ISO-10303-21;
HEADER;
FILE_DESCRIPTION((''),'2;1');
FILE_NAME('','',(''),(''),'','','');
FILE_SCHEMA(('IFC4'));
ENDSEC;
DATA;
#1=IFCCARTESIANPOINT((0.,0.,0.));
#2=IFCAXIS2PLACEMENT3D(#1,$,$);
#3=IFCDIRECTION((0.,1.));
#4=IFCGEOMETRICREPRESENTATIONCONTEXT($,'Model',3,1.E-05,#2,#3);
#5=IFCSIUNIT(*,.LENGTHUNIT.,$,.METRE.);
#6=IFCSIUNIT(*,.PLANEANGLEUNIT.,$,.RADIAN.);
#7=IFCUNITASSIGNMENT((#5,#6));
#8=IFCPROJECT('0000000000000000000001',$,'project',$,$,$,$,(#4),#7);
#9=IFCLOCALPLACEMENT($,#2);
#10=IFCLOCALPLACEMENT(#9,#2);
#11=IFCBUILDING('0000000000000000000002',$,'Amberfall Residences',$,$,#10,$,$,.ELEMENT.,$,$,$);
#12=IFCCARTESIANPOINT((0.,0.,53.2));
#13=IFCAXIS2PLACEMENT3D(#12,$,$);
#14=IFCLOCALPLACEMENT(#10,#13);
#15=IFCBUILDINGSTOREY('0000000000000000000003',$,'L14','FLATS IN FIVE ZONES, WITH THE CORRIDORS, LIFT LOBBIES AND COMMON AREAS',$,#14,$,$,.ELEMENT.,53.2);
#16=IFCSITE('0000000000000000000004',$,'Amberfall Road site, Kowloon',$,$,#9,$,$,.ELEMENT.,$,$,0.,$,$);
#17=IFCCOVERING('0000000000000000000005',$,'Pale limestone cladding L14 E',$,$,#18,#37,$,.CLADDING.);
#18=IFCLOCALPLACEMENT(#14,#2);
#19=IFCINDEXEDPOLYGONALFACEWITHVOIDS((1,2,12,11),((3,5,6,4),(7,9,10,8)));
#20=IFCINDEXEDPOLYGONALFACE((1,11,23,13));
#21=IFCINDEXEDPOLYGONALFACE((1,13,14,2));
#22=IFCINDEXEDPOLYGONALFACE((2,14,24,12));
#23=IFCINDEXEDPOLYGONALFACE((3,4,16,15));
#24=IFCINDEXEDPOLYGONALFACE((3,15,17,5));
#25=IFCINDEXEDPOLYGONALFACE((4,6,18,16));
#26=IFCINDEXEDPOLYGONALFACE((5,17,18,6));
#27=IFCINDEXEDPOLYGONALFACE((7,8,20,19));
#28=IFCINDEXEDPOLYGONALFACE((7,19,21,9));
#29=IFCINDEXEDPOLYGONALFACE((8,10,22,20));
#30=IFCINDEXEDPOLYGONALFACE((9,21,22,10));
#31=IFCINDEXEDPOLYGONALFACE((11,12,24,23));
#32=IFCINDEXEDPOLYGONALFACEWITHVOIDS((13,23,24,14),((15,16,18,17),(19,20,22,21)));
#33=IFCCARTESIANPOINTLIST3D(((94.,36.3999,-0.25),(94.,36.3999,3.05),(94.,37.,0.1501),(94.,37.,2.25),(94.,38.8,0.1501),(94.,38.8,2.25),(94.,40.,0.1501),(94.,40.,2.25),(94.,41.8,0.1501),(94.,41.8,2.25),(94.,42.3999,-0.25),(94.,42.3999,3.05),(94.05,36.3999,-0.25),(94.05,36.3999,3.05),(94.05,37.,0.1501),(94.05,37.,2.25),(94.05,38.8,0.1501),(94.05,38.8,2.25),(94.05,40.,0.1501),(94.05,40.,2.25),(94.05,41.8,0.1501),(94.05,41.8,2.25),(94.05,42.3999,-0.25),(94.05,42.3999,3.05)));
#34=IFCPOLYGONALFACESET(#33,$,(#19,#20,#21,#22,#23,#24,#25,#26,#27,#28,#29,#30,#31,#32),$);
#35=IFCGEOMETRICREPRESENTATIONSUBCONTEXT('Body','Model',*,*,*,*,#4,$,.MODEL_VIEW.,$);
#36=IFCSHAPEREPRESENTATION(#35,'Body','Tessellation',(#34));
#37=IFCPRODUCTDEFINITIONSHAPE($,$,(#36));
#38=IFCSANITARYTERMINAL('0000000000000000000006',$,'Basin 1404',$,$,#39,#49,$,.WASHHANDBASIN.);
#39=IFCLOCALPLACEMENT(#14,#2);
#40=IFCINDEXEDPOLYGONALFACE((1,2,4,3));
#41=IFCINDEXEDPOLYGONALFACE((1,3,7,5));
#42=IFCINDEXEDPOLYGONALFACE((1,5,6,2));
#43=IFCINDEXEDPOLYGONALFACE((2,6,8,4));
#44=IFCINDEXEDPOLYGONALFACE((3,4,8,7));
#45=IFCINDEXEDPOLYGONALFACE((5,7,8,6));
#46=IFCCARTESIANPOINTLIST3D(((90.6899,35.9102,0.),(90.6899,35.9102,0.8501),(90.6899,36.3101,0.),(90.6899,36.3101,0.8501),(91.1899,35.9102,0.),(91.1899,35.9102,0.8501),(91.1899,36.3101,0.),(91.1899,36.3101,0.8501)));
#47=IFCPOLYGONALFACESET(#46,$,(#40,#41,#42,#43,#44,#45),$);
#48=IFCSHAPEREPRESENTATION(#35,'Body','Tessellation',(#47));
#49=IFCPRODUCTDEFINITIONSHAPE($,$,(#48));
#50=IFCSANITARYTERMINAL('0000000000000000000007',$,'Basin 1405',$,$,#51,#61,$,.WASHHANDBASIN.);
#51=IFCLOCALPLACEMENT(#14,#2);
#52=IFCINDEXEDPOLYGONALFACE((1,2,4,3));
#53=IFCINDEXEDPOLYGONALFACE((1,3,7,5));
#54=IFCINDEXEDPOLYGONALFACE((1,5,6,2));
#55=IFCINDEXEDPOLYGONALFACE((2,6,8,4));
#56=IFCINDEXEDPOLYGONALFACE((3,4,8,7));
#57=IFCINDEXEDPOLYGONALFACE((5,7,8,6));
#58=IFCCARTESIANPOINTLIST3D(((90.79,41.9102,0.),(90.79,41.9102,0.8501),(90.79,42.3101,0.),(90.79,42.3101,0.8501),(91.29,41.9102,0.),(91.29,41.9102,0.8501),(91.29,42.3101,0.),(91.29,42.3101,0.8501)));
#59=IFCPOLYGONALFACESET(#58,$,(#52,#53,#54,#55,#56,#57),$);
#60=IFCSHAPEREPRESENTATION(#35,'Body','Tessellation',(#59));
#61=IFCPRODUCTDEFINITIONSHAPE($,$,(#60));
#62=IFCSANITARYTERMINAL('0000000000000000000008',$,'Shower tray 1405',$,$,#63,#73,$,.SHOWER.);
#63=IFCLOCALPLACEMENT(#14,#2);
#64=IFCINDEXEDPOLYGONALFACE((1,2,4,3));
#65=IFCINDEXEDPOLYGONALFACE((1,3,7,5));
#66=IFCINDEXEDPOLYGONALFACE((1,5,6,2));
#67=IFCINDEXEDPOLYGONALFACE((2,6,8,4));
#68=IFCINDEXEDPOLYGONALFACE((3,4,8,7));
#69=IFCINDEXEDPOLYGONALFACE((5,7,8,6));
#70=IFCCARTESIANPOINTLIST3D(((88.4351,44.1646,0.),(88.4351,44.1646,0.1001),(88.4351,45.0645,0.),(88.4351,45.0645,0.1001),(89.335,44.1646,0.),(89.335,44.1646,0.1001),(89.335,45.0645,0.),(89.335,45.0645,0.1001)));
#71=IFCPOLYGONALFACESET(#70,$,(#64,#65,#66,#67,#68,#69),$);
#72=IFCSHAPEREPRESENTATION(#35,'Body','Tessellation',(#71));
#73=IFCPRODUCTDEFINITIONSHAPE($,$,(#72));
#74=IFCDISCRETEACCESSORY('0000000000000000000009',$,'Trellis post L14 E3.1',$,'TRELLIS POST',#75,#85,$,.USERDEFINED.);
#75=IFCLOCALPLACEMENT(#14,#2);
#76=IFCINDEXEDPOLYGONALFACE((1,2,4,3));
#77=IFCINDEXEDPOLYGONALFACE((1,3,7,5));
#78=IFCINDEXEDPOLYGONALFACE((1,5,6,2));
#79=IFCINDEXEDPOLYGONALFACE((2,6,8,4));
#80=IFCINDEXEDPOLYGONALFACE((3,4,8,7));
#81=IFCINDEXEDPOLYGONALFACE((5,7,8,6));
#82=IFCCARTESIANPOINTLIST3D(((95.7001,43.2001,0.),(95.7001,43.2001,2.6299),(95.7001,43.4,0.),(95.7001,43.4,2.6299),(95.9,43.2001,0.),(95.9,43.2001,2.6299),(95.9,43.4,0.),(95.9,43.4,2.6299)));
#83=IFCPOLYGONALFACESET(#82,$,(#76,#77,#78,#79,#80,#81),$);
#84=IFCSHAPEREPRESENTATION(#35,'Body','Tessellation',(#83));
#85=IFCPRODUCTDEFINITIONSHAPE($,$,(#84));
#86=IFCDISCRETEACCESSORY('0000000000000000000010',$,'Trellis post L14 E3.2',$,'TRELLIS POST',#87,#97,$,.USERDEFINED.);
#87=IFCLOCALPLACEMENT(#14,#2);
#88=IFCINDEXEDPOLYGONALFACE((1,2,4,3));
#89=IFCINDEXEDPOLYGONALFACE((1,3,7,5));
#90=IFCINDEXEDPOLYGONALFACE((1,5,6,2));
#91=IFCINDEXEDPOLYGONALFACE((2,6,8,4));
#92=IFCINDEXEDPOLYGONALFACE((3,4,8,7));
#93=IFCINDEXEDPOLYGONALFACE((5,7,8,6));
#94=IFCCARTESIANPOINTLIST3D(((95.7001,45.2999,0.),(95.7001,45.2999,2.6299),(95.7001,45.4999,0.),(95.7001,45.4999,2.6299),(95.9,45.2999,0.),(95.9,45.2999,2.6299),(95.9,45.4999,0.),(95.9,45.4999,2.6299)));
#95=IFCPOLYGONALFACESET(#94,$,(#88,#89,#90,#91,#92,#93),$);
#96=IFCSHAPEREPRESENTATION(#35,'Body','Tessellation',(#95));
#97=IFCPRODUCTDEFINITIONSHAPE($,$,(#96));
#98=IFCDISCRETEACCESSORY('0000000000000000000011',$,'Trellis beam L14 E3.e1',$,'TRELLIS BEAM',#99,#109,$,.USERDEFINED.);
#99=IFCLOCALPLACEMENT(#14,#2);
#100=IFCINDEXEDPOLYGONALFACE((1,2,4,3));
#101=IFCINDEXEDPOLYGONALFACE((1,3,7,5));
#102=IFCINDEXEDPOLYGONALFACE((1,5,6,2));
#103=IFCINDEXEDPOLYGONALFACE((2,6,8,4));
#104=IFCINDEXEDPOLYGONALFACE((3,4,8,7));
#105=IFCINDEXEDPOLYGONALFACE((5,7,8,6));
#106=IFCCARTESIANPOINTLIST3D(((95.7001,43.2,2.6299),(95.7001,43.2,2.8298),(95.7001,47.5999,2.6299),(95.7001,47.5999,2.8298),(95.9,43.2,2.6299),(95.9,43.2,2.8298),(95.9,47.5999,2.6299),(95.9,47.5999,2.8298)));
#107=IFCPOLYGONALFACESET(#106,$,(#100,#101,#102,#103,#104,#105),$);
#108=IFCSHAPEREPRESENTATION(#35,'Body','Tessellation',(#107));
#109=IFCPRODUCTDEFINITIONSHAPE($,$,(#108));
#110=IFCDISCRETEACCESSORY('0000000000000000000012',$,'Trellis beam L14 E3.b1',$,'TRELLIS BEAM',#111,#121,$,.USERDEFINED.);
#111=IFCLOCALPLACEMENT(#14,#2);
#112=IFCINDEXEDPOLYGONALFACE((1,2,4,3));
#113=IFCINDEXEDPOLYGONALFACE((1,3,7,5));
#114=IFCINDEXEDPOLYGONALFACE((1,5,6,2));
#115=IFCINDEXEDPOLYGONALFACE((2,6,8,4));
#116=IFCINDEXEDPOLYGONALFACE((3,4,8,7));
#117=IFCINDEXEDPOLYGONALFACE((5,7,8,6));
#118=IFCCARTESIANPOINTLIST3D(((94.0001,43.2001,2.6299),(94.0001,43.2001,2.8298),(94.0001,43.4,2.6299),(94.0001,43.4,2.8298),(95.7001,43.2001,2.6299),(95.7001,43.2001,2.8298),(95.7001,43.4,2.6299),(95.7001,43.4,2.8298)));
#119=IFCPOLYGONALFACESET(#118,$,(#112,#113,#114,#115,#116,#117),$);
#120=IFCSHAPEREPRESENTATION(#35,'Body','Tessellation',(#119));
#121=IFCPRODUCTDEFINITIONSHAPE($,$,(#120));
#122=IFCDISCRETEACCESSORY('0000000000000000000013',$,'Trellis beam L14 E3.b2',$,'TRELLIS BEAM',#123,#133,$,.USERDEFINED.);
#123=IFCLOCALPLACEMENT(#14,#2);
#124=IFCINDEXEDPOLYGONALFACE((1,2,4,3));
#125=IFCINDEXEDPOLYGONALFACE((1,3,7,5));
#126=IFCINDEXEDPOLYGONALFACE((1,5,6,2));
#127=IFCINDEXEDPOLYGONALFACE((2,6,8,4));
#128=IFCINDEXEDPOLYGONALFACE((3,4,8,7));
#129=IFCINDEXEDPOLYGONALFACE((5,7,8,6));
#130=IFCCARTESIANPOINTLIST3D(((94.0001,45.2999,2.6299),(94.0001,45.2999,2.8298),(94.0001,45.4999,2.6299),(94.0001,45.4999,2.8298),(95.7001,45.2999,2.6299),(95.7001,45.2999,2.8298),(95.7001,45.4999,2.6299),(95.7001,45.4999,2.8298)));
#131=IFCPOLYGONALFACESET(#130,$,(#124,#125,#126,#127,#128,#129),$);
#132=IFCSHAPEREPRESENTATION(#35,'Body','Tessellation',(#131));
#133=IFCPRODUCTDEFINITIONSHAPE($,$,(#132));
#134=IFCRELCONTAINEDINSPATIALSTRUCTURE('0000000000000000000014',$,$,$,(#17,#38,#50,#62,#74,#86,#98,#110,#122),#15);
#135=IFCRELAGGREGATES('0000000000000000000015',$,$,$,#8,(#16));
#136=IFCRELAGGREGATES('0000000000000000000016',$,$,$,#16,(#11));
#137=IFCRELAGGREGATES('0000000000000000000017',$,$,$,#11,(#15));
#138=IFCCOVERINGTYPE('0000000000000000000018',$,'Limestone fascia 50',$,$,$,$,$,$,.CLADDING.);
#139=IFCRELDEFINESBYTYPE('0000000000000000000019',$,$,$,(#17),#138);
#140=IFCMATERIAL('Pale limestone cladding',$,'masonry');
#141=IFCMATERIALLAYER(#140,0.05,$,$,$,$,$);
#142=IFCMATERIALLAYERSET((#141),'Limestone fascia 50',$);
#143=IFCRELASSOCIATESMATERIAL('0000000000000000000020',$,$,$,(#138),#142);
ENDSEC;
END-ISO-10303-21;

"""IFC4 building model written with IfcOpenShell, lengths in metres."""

from ifc_helpers import new_model, si_unit, direction, frame, origin, origin_2d, place, context, subcontext, project, spatial, polyline, rectangle, outline, extrude, material, layer, layer_set, type_object, element, save


model = new_model("IFC4")

# Units and contexts
model_context = context("Model", 3, precision=1e-05, world=origin(), true_north=direction((0.0, 1.0)))
body_context = subcontext(model_context, "Body", "Model", "MODEL_VIEW")
ifc_project = project(units=[si_unit("LENGTHUNIT", "METRE"), si_unit("PLANEANGLEUNIT", "RADIAN")], contexts=[model_context])

# Site, building, storey
site_placement = place(None, origin())
site = spatial("IfcSite", under=ifc_project, at=site_placement, Name="Amberfall Road site, Kowloon", CompositionType="ELEMENT", RefElevation=0.0)
building_placement = place(site_placement, origin())
building = spatial("IfcBuilding", under=site, at=building_placement, Name="Amberfall Residences", CompositionType="ELEMENT")
storey_placement = place(building_placement, frame((0.0, 0.0, 53.2)))
storey = spatial("IfcBuildingStorey", under=building, at=storey_placement, Name="L14", Description="FLATS IN FIVE ZONES, WITH THE CORRIDORS, LIFT LOBBIES AND COMMON AREAS", CompositionType="ELEMENT", Elevation=53.2)

# Covering
ifc_material_1 = material(Name="Pale limestone cladding", Category="masonry")
ifc_layer_1 = layer(ifc_material_1, 0.05)
ifc_layer_set_1 = layer_set([ifc_layer_1], Name="Limestone fascia 50")
covering_type = type_object("IfcCoveringType", Name="Limestone fascia 50", PredefinedType="CLADDING", material=ifc_layer_set_1)
covering_placement = place(storey_placement, frame((94.0, 36.3999, 3.05), z_axis=(-1.0, 0.0, 0.0), x_axis=(0.0, 1.0, 0.0)))
element("IfcCovering", 1, at=covering_placement, inside=storey, type_object=covering_type, Name="Pale limestone cladding L14 E", PredefinedType="CLADDING", context=body_context, shape_type="SweptSolid", body=[
    extrude(outline(polyline([(0.0, 0.0), (6.0, 0.0), (6.0, 3.3), (0.0, 3.3), (0.0, 0.0)]), holes=[polyline([(0.6001, 0.8), (2.4001, 0.8), (2.4001, 2.8999), (0.6001, 2.8999), (0.6001, 0.8)]), polyline([(3.6001, 0.8), (5.4001, 0.8), (5.4001, 2.8999), (3.6001, 2.8999), (3.6001, 0.8)])]), origin(), (0.0, 0.0, -1.0), 0.05),
])

# Sanitary terminals
for number, where, z_axis, x_axis, name in (
    (2, (90.9399, 36.1101, 0.0), (0.0, 0.0, 1.0), (1.0, 0.0, 0.0), "Basin 1404"),
    (3, (91.04, 42.1101, 0.0), (0.0, 0.0, 1.0), (1.0, 0.0, 0.0), "Basin 1405"),
):
    element("IfcSanitaryTerminal", number, at=place(storey_placement, frame(where, z_axis=z_axis, x_axis=x_axis)), inside=storey, Name=name, PredefinedType="WASHHANDBASIN", context=body_context, shape_type="SweptSolid", body=[
        extrude(rectangle(XDim=0.5, YDim=0.3999, at=origin_2d()), origin(), (0.0, 0.0, 1.0), 0.8501),
    ])
sanitary_terminal_placement = place(storey_placement, frame((88.885, 44.6145, 0.0), z_axis=(0.0, 0.0, 1.0), x_axis=(1.0, 0.0, 0.0)))
element("IfcSanitaryTerminal", 4, at=sanitary_terminal_placement, inside=storey, Name="Shower tray 1405", PredefinedType="SHOWER", context=body_context, shape_type="SweptSolid", body=[
    extrude(rectangle(XDim=0.8999, YDim=0.8999, at=origin_2d()), origin(), (0.0, 0.0, 1.0), 0.1001),
])

# Discrete accessories
for number, where, z_axis, x_axis, name in (
    (5, (95.8, 43.3, 0.0), (0.0, 0.0, 1.0), (1.0, 0.0, 0.0), "Trellis post L14 E3.1"),
    (6, (95.8, 45.3999, 0.0), (0.0, 0.0, 1.0), (1.0, 0.0, 0.0), "Trellis post L14 E3.2"),
):
    element("IfcDiscreteAccessory", number, at=place(storey_placement, frame(where, z_axis=z_axis, x_axis=x_axis)), inside=storey, Name=name, ObjectType="TRELLIS POST", PredefinedType="USERDEFINED", context=body_context, shape_type="SweptSolid", body=[
        extrude(rectangle(XDim=0.2, YDim=0.2, at=origin_2d()), origin(), (0.0, 0.0, 1.0), 2.6299),
    ])
discrete_accessory_placement = place(storey_placement, frame((95.8, 45.3999, 2.6299), z_axis=(0.0, 0.0, 1.0), x_axis=(0.0, 1.0, 0.0)))
element("IfcDiscreteAccessory", 7, at=discrete_accessory_placement, inside=storey, Name="Trellis beam L14 E3.e1", ObjectType="TRELLIS BEAM", PredefinedType="USERDEFINED", context=body_context, shape_type="SweptSolid", body=[
    extrude(rectangle(XDim=4.3999, YDim=0.2, at=origin_2d()), origin(), (0.0, 0.0, 1.0), 0.2),
])
for number, where, z_axis, x_axis, name in (
    (8, (94.8501, 43.3, 2.6299), (0.0, 0.0, 1.0), (-1.0, 0.0, 0.0), "Trellis beam L14 E3.b1"),
    (9, (94.8501, 45.3999, 2.6299), (0.0, 0.0, 1.0), (-1.0, 0.0, 0.0), "Trellis beam L14 E3.b2"),
):
    element("IfcDiscreteAccessory", number, at=place(storey_placement, frame(where, z_axis=z_axis, x_axis=x_axis)), inside=storey, Name=name, ObjectType="TRELLIS BEAM", PredefinedType="USERDEFINED", context=body_context, shape_type="SweptSolid", body=[
        extrude(rectangle(XDim=1.7, YDim=0.2, at=origin_2d()), origin(), (0.0, 0.0, 1.0), 0.2),
    ])

save(model, "model.ifc")
